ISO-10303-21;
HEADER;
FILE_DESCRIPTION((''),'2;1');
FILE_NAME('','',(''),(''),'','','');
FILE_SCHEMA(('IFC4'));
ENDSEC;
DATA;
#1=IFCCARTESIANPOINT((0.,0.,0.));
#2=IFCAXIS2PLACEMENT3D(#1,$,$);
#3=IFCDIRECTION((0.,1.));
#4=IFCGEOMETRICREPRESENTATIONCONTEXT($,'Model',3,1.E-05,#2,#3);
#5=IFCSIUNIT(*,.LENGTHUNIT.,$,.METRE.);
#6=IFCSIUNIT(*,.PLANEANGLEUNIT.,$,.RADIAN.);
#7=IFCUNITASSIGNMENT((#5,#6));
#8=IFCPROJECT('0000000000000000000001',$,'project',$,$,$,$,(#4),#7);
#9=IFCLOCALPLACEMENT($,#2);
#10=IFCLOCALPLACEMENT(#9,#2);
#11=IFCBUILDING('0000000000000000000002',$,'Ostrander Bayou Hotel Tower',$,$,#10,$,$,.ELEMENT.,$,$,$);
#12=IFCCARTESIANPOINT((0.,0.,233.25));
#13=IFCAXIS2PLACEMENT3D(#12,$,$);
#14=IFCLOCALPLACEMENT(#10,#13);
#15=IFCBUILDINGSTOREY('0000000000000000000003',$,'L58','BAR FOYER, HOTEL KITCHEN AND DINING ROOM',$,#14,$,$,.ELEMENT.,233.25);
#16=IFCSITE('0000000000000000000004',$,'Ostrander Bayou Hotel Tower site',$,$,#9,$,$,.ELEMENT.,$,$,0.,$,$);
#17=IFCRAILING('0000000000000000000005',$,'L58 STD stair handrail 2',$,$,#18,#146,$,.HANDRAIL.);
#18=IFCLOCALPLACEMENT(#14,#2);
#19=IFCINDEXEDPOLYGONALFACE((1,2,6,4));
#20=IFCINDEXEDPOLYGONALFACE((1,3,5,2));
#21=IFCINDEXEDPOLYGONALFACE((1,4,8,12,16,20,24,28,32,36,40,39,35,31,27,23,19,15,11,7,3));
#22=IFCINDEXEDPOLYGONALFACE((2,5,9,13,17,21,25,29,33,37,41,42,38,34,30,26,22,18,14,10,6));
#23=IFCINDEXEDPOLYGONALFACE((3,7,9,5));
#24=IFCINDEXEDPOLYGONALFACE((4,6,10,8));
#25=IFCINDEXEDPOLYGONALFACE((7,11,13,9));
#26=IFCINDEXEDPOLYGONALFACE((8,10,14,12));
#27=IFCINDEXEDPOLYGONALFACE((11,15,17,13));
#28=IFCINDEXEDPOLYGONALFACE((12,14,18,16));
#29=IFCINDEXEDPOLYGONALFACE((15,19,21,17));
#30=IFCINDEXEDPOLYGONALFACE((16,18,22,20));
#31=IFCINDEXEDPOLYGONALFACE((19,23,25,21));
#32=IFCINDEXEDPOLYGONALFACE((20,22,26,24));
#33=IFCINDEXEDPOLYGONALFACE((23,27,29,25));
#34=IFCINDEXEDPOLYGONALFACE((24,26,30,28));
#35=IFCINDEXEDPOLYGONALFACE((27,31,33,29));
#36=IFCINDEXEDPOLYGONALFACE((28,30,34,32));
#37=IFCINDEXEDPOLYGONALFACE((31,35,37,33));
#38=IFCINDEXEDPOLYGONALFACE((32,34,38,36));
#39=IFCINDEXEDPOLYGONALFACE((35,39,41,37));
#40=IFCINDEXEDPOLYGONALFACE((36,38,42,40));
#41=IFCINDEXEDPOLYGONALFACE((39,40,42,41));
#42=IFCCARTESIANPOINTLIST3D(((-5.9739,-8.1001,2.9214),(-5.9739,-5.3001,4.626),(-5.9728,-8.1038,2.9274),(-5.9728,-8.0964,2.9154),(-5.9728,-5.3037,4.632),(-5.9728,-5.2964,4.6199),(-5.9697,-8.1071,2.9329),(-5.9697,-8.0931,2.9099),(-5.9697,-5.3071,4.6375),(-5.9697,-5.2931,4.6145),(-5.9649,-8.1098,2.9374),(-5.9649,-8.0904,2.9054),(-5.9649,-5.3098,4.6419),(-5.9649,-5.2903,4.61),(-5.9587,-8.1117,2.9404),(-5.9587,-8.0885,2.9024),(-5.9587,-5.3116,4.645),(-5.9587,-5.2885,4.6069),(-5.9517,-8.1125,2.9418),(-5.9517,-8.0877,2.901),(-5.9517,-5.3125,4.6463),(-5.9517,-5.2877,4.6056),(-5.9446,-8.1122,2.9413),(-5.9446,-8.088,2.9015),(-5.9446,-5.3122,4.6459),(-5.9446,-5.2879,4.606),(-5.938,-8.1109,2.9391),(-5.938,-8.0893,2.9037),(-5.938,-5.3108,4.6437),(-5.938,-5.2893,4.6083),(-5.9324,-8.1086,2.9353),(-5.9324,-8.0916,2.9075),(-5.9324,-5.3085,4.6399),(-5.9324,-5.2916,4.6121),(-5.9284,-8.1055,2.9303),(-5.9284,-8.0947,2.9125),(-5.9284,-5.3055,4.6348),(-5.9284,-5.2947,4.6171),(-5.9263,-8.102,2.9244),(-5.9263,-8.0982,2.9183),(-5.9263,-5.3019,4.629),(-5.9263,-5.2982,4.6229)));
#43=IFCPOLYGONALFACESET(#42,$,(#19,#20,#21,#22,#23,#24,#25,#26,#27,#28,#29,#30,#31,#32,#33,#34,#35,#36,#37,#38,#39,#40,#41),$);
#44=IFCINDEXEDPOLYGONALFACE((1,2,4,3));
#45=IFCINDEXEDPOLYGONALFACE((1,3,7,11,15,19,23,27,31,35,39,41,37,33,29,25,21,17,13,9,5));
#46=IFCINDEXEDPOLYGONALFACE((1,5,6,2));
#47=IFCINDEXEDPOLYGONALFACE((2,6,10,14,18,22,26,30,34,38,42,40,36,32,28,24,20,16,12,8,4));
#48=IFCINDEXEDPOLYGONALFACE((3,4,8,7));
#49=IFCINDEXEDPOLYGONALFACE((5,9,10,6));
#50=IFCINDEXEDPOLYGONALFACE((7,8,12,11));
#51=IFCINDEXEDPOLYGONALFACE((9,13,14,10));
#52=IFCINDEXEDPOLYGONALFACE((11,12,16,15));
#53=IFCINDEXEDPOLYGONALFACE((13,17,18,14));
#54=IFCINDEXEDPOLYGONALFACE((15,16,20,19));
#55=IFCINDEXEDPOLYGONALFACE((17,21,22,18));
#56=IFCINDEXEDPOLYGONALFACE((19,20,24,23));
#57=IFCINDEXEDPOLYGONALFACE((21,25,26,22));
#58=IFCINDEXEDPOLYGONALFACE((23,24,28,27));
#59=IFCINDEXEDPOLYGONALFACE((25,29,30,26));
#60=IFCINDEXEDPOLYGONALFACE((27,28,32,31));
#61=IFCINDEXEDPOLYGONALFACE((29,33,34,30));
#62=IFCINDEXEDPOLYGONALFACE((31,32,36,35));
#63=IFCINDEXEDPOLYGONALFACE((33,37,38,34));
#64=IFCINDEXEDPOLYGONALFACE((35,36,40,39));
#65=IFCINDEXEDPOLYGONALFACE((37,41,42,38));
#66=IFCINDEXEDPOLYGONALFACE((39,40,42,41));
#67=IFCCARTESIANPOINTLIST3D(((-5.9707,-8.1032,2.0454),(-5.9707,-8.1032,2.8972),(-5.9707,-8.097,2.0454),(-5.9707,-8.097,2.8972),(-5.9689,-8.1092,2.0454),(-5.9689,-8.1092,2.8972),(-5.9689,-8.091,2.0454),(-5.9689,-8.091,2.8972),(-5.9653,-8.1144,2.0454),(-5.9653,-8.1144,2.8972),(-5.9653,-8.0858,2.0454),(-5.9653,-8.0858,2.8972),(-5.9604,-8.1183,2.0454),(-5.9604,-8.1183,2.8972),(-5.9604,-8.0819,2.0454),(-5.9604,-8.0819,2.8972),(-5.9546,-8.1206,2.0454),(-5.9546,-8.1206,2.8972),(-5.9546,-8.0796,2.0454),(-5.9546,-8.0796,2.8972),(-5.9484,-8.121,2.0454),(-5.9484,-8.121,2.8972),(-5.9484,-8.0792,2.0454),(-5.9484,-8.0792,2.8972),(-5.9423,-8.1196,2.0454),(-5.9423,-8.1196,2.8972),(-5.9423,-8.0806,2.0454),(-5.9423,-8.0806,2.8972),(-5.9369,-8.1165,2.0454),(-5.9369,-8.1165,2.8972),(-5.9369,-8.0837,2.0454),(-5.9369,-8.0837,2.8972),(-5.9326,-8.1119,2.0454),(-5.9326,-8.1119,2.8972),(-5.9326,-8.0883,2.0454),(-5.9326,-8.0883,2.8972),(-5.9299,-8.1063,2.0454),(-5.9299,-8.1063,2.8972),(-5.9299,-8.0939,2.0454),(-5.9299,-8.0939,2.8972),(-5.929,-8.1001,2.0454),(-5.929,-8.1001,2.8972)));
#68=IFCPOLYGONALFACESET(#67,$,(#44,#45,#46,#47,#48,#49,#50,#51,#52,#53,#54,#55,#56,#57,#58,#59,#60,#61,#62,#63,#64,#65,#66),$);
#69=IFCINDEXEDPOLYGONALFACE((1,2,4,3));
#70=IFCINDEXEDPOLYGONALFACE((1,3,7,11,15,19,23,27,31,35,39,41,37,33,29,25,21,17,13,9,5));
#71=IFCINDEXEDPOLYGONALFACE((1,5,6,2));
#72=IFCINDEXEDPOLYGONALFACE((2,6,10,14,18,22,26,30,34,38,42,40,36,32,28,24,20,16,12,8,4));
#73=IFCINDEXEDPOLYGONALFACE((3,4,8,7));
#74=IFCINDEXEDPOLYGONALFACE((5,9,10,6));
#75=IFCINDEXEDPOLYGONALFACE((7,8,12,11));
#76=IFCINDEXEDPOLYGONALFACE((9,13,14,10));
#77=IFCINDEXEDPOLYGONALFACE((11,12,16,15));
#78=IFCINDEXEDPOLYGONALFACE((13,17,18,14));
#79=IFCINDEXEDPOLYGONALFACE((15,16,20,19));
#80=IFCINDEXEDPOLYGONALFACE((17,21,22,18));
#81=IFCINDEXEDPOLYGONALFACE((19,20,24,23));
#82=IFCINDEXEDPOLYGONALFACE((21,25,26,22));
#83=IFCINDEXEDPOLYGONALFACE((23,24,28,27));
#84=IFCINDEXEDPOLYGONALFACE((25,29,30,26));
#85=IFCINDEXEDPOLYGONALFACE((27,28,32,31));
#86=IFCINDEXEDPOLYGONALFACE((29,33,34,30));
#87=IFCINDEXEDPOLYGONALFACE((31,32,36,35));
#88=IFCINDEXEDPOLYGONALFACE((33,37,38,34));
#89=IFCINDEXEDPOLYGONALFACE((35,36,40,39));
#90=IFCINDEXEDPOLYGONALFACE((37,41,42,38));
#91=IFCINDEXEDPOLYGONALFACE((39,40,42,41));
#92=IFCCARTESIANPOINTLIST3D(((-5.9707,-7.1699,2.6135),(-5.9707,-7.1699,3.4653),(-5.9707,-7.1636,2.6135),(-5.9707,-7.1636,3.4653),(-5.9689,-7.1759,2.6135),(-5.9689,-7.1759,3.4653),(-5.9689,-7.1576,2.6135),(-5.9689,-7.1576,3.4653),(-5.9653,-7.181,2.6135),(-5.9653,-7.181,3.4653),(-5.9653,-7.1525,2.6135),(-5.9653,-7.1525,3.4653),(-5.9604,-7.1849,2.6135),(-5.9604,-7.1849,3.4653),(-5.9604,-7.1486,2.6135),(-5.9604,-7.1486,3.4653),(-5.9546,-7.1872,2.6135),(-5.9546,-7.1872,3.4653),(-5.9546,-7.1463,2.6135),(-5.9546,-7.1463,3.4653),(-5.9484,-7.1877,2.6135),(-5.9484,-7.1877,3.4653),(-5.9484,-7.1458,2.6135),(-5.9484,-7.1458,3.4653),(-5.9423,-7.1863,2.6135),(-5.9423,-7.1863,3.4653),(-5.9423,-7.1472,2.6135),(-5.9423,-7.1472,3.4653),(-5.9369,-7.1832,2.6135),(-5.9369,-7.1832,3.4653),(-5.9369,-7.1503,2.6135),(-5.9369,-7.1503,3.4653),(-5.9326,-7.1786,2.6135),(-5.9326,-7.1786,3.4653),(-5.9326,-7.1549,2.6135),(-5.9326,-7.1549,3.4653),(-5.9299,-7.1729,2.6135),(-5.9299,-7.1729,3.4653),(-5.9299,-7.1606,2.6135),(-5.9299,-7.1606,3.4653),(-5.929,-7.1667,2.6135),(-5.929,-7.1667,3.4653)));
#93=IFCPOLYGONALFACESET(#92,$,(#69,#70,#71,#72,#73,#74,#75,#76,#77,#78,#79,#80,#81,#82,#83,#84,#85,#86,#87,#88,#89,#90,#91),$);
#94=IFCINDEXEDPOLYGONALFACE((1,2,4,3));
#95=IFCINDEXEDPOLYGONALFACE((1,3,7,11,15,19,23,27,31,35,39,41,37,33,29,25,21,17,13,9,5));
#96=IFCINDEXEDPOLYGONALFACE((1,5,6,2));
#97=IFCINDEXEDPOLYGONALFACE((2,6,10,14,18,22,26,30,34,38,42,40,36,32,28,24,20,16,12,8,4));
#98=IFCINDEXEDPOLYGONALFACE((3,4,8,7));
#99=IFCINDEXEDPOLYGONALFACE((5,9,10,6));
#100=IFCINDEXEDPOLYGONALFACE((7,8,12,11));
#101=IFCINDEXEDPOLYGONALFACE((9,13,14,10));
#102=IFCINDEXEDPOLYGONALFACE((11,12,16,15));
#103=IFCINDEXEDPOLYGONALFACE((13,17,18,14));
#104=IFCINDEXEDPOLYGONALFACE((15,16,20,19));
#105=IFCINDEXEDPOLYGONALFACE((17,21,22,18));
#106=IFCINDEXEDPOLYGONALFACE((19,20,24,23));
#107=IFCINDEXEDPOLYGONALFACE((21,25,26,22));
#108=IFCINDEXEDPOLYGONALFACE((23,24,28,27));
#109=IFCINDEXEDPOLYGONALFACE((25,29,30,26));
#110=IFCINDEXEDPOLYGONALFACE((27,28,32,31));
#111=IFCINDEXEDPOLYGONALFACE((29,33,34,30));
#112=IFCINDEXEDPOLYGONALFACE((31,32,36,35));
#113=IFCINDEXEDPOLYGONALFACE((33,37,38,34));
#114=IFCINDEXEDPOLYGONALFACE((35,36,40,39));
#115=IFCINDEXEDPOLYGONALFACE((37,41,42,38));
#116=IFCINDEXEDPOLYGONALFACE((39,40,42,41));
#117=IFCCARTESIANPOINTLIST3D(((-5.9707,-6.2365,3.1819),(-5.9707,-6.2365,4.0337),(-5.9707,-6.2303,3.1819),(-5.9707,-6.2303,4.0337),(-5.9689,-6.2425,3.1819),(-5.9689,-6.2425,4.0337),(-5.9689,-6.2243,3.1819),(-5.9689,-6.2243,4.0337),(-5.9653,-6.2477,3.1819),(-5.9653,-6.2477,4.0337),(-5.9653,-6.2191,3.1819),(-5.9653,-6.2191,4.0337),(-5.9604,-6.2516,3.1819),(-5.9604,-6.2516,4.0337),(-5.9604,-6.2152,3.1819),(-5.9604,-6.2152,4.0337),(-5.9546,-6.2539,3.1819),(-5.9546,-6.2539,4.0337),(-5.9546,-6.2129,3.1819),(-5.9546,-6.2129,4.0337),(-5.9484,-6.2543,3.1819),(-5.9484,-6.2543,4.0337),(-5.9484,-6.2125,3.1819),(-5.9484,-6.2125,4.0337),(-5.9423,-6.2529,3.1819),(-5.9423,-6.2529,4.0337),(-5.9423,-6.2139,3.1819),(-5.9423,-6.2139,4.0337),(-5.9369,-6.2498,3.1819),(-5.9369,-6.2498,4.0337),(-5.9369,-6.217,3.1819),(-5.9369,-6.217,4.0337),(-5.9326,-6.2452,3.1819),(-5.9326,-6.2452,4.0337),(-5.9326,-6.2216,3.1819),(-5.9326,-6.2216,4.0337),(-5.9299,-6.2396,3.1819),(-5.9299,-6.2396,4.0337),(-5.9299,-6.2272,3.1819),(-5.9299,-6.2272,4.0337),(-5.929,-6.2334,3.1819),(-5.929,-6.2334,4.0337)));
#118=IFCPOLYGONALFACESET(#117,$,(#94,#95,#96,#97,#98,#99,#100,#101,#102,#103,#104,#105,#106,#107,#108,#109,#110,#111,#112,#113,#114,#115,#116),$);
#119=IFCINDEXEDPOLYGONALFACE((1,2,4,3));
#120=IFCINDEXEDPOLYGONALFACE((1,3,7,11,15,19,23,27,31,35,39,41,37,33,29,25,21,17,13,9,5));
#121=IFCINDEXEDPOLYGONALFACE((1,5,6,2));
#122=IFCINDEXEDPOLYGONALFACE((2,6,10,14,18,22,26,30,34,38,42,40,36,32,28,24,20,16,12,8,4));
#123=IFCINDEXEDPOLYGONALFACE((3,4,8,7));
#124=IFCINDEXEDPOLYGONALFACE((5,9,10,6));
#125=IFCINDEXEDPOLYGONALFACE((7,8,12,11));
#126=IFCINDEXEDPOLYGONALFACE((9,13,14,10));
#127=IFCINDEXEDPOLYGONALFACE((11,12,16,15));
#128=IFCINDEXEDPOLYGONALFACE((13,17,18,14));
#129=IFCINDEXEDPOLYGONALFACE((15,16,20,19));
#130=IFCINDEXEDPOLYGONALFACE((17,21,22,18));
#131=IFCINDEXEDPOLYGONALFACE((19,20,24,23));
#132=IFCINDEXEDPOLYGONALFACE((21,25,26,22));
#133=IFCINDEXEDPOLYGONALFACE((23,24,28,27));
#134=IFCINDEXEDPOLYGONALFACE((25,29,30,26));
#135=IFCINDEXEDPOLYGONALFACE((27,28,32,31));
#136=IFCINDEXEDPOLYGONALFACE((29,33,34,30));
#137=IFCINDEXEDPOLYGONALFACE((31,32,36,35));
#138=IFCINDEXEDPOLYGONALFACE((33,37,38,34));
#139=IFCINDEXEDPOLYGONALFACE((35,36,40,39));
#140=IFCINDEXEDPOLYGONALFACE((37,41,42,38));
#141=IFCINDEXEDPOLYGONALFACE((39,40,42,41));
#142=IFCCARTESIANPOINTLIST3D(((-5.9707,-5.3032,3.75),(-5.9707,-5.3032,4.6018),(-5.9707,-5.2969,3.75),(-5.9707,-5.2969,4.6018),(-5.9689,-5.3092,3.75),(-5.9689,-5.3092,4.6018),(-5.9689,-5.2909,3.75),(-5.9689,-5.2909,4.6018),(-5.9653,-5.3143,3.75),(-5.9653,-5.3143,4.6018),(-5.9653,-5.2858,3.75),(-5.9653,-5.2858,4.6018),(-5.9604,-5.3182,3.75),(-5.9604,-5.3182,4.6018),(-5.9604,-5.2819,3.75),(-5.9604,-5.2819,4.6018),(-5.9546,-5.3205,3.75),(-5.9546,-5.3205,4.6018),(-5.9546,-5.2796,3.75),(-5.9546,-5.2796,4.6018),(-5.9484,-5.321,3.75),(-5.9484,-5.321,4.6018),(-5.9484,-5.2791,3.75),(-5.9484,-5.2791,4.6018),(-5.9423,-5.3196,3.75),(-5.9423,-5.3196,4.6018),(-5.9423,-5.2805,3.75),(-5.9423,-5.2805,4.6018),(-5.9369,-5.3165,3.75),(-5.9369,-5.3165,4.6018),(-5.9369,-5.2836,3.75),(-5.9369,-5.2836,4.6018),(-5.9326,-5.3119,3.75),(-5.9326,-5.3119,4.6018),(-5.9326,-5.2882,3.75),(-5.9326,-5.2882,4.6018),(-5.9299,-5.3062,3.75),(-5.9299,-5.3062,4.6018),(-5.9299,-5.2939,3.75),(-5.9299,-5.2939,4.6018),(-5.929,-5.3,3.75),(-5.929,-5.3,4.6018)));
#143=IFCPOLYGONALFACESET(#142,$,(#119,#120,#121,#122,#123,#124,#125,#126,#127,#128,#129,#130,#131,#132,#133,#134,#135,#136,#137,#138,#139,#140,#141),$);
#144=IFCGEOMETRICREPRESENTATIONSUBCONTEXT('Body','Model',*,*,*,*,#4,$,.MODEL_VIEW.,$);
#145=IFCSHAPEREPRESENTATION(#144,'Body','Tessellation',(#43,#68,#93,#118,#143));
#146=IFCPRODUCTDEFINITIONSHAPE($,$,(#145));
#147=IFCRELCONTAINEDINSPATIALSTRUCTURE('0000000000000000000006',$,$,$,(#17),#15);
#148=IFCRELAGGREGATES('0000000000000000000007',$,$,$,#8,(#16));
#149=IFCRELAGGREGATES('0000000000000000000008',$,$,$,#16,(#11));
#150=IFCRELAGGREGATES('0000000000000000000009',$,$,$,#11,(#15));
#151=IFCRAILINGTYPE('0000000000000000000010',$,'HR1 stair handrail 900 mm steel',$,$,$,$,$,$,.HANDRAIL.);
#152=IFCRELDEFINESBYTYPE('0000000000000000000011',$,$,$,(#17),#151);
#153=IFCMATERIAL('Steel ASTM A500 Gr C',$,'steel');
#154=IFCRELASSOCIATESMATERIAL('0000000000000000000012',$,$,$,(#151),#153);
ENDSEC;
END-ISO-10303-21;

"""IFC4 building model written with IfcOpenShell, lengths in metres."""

from ifc_helpers import new_model, si_unit, direction, frame, origin, origin_2d, place, context, subcontext, project, spatial, circle, extrude, material, type_object, element, save


model = new_model("IFC4")

# Units and contexts
model_context = context("Model", 3, precision=1e-05, world=origin(), true_north=direction((0.0, 1.0)))
body_context = subcontext(model_context, "Body", "Model", "MODEL_VIEW")
ifc_project = project(units=[si_unit("LENGTHUNIT", "METRE"), si_unit("PLANEANGLEUNIT", "RADIAN")], contexts=[model_context])

# Site, building, storey
site_placement = place(None, origin())
site = spatial("IfcSite", under=ifc_project, at=site_placement, Name="Ostrander Bayou Hotel Tower site", CompositionType="ELEMENT", RefElevation=0.0)
building_placement = place(site_placement, origin())
building = spatial("IfcBuilding", under=site, at=building_placement, Name="Ostrander Bayou Hotel Tower", CompositionType="ELEMENT")
storey_placement = place(building_placement, frame((0.0, 0.0, 233.25)))
storey = spatial("IfcBuildingStorey", under=building, at=storey_placement, Name="L58", Description="BAR FOYER, HOTEL KITCHEN AND DINING ROOM", CompositionType="ELEMENT", Elevation=233.25)

# Railing
ifc_material_1 = material(Name="Steel ASTM A500 Gr C", Category="steel")
railing_type_1 = type_object("IfcRailingType", Name="HR1 stair handrail 900 mm steel", PredefinedType="HANDRAIL", material=ifc_material_1)
railing_1_placement = place(storey_placement, frame((-5.95, -8.1001, 2.0454)))
element("IfcRailing", 1, at=railing_1_placement, inside=storey, type_object=railing_type_1, Name="L58 STD stair handrail 2", PredefinedType="HANDRAIL", context=body_context, shape_type="SweptSolid", body=[
    extrude(circle(Radius=0.0239, at=origin_2d()), frame((0.0, 0.0, 0.876), z_axis=(0.0, 0.85417, 0.519994), x_axis=(-1.0, 0.0, 0.0)), (0.0, 0.0, 1.0), 3.2781),
    extrude(circle(Radius=0.021, at=origin_2d()), origin(), (0.0, 0.0, 1.0), 0.8518),
    extrude(circle(Radius=0.021, at=origin_2d()), frame((0.0, 0.9333, 0.5681)), (0.0, 0.0, 1.0), 0.8518),
    extrude(circle(Radius=0.021, at=origin_2d()), frame((0.0, 1.8667, 1.1365)), (0.0, 0.0, 1.0), 0.8518),
    extrude(circle(Radius=0.021, at=origin_2d()), frame((0.0, 2.8, 1.7046)), (0.0, 0.0, 1.0), 0.8518),
])

save(model, "model.ifc")
